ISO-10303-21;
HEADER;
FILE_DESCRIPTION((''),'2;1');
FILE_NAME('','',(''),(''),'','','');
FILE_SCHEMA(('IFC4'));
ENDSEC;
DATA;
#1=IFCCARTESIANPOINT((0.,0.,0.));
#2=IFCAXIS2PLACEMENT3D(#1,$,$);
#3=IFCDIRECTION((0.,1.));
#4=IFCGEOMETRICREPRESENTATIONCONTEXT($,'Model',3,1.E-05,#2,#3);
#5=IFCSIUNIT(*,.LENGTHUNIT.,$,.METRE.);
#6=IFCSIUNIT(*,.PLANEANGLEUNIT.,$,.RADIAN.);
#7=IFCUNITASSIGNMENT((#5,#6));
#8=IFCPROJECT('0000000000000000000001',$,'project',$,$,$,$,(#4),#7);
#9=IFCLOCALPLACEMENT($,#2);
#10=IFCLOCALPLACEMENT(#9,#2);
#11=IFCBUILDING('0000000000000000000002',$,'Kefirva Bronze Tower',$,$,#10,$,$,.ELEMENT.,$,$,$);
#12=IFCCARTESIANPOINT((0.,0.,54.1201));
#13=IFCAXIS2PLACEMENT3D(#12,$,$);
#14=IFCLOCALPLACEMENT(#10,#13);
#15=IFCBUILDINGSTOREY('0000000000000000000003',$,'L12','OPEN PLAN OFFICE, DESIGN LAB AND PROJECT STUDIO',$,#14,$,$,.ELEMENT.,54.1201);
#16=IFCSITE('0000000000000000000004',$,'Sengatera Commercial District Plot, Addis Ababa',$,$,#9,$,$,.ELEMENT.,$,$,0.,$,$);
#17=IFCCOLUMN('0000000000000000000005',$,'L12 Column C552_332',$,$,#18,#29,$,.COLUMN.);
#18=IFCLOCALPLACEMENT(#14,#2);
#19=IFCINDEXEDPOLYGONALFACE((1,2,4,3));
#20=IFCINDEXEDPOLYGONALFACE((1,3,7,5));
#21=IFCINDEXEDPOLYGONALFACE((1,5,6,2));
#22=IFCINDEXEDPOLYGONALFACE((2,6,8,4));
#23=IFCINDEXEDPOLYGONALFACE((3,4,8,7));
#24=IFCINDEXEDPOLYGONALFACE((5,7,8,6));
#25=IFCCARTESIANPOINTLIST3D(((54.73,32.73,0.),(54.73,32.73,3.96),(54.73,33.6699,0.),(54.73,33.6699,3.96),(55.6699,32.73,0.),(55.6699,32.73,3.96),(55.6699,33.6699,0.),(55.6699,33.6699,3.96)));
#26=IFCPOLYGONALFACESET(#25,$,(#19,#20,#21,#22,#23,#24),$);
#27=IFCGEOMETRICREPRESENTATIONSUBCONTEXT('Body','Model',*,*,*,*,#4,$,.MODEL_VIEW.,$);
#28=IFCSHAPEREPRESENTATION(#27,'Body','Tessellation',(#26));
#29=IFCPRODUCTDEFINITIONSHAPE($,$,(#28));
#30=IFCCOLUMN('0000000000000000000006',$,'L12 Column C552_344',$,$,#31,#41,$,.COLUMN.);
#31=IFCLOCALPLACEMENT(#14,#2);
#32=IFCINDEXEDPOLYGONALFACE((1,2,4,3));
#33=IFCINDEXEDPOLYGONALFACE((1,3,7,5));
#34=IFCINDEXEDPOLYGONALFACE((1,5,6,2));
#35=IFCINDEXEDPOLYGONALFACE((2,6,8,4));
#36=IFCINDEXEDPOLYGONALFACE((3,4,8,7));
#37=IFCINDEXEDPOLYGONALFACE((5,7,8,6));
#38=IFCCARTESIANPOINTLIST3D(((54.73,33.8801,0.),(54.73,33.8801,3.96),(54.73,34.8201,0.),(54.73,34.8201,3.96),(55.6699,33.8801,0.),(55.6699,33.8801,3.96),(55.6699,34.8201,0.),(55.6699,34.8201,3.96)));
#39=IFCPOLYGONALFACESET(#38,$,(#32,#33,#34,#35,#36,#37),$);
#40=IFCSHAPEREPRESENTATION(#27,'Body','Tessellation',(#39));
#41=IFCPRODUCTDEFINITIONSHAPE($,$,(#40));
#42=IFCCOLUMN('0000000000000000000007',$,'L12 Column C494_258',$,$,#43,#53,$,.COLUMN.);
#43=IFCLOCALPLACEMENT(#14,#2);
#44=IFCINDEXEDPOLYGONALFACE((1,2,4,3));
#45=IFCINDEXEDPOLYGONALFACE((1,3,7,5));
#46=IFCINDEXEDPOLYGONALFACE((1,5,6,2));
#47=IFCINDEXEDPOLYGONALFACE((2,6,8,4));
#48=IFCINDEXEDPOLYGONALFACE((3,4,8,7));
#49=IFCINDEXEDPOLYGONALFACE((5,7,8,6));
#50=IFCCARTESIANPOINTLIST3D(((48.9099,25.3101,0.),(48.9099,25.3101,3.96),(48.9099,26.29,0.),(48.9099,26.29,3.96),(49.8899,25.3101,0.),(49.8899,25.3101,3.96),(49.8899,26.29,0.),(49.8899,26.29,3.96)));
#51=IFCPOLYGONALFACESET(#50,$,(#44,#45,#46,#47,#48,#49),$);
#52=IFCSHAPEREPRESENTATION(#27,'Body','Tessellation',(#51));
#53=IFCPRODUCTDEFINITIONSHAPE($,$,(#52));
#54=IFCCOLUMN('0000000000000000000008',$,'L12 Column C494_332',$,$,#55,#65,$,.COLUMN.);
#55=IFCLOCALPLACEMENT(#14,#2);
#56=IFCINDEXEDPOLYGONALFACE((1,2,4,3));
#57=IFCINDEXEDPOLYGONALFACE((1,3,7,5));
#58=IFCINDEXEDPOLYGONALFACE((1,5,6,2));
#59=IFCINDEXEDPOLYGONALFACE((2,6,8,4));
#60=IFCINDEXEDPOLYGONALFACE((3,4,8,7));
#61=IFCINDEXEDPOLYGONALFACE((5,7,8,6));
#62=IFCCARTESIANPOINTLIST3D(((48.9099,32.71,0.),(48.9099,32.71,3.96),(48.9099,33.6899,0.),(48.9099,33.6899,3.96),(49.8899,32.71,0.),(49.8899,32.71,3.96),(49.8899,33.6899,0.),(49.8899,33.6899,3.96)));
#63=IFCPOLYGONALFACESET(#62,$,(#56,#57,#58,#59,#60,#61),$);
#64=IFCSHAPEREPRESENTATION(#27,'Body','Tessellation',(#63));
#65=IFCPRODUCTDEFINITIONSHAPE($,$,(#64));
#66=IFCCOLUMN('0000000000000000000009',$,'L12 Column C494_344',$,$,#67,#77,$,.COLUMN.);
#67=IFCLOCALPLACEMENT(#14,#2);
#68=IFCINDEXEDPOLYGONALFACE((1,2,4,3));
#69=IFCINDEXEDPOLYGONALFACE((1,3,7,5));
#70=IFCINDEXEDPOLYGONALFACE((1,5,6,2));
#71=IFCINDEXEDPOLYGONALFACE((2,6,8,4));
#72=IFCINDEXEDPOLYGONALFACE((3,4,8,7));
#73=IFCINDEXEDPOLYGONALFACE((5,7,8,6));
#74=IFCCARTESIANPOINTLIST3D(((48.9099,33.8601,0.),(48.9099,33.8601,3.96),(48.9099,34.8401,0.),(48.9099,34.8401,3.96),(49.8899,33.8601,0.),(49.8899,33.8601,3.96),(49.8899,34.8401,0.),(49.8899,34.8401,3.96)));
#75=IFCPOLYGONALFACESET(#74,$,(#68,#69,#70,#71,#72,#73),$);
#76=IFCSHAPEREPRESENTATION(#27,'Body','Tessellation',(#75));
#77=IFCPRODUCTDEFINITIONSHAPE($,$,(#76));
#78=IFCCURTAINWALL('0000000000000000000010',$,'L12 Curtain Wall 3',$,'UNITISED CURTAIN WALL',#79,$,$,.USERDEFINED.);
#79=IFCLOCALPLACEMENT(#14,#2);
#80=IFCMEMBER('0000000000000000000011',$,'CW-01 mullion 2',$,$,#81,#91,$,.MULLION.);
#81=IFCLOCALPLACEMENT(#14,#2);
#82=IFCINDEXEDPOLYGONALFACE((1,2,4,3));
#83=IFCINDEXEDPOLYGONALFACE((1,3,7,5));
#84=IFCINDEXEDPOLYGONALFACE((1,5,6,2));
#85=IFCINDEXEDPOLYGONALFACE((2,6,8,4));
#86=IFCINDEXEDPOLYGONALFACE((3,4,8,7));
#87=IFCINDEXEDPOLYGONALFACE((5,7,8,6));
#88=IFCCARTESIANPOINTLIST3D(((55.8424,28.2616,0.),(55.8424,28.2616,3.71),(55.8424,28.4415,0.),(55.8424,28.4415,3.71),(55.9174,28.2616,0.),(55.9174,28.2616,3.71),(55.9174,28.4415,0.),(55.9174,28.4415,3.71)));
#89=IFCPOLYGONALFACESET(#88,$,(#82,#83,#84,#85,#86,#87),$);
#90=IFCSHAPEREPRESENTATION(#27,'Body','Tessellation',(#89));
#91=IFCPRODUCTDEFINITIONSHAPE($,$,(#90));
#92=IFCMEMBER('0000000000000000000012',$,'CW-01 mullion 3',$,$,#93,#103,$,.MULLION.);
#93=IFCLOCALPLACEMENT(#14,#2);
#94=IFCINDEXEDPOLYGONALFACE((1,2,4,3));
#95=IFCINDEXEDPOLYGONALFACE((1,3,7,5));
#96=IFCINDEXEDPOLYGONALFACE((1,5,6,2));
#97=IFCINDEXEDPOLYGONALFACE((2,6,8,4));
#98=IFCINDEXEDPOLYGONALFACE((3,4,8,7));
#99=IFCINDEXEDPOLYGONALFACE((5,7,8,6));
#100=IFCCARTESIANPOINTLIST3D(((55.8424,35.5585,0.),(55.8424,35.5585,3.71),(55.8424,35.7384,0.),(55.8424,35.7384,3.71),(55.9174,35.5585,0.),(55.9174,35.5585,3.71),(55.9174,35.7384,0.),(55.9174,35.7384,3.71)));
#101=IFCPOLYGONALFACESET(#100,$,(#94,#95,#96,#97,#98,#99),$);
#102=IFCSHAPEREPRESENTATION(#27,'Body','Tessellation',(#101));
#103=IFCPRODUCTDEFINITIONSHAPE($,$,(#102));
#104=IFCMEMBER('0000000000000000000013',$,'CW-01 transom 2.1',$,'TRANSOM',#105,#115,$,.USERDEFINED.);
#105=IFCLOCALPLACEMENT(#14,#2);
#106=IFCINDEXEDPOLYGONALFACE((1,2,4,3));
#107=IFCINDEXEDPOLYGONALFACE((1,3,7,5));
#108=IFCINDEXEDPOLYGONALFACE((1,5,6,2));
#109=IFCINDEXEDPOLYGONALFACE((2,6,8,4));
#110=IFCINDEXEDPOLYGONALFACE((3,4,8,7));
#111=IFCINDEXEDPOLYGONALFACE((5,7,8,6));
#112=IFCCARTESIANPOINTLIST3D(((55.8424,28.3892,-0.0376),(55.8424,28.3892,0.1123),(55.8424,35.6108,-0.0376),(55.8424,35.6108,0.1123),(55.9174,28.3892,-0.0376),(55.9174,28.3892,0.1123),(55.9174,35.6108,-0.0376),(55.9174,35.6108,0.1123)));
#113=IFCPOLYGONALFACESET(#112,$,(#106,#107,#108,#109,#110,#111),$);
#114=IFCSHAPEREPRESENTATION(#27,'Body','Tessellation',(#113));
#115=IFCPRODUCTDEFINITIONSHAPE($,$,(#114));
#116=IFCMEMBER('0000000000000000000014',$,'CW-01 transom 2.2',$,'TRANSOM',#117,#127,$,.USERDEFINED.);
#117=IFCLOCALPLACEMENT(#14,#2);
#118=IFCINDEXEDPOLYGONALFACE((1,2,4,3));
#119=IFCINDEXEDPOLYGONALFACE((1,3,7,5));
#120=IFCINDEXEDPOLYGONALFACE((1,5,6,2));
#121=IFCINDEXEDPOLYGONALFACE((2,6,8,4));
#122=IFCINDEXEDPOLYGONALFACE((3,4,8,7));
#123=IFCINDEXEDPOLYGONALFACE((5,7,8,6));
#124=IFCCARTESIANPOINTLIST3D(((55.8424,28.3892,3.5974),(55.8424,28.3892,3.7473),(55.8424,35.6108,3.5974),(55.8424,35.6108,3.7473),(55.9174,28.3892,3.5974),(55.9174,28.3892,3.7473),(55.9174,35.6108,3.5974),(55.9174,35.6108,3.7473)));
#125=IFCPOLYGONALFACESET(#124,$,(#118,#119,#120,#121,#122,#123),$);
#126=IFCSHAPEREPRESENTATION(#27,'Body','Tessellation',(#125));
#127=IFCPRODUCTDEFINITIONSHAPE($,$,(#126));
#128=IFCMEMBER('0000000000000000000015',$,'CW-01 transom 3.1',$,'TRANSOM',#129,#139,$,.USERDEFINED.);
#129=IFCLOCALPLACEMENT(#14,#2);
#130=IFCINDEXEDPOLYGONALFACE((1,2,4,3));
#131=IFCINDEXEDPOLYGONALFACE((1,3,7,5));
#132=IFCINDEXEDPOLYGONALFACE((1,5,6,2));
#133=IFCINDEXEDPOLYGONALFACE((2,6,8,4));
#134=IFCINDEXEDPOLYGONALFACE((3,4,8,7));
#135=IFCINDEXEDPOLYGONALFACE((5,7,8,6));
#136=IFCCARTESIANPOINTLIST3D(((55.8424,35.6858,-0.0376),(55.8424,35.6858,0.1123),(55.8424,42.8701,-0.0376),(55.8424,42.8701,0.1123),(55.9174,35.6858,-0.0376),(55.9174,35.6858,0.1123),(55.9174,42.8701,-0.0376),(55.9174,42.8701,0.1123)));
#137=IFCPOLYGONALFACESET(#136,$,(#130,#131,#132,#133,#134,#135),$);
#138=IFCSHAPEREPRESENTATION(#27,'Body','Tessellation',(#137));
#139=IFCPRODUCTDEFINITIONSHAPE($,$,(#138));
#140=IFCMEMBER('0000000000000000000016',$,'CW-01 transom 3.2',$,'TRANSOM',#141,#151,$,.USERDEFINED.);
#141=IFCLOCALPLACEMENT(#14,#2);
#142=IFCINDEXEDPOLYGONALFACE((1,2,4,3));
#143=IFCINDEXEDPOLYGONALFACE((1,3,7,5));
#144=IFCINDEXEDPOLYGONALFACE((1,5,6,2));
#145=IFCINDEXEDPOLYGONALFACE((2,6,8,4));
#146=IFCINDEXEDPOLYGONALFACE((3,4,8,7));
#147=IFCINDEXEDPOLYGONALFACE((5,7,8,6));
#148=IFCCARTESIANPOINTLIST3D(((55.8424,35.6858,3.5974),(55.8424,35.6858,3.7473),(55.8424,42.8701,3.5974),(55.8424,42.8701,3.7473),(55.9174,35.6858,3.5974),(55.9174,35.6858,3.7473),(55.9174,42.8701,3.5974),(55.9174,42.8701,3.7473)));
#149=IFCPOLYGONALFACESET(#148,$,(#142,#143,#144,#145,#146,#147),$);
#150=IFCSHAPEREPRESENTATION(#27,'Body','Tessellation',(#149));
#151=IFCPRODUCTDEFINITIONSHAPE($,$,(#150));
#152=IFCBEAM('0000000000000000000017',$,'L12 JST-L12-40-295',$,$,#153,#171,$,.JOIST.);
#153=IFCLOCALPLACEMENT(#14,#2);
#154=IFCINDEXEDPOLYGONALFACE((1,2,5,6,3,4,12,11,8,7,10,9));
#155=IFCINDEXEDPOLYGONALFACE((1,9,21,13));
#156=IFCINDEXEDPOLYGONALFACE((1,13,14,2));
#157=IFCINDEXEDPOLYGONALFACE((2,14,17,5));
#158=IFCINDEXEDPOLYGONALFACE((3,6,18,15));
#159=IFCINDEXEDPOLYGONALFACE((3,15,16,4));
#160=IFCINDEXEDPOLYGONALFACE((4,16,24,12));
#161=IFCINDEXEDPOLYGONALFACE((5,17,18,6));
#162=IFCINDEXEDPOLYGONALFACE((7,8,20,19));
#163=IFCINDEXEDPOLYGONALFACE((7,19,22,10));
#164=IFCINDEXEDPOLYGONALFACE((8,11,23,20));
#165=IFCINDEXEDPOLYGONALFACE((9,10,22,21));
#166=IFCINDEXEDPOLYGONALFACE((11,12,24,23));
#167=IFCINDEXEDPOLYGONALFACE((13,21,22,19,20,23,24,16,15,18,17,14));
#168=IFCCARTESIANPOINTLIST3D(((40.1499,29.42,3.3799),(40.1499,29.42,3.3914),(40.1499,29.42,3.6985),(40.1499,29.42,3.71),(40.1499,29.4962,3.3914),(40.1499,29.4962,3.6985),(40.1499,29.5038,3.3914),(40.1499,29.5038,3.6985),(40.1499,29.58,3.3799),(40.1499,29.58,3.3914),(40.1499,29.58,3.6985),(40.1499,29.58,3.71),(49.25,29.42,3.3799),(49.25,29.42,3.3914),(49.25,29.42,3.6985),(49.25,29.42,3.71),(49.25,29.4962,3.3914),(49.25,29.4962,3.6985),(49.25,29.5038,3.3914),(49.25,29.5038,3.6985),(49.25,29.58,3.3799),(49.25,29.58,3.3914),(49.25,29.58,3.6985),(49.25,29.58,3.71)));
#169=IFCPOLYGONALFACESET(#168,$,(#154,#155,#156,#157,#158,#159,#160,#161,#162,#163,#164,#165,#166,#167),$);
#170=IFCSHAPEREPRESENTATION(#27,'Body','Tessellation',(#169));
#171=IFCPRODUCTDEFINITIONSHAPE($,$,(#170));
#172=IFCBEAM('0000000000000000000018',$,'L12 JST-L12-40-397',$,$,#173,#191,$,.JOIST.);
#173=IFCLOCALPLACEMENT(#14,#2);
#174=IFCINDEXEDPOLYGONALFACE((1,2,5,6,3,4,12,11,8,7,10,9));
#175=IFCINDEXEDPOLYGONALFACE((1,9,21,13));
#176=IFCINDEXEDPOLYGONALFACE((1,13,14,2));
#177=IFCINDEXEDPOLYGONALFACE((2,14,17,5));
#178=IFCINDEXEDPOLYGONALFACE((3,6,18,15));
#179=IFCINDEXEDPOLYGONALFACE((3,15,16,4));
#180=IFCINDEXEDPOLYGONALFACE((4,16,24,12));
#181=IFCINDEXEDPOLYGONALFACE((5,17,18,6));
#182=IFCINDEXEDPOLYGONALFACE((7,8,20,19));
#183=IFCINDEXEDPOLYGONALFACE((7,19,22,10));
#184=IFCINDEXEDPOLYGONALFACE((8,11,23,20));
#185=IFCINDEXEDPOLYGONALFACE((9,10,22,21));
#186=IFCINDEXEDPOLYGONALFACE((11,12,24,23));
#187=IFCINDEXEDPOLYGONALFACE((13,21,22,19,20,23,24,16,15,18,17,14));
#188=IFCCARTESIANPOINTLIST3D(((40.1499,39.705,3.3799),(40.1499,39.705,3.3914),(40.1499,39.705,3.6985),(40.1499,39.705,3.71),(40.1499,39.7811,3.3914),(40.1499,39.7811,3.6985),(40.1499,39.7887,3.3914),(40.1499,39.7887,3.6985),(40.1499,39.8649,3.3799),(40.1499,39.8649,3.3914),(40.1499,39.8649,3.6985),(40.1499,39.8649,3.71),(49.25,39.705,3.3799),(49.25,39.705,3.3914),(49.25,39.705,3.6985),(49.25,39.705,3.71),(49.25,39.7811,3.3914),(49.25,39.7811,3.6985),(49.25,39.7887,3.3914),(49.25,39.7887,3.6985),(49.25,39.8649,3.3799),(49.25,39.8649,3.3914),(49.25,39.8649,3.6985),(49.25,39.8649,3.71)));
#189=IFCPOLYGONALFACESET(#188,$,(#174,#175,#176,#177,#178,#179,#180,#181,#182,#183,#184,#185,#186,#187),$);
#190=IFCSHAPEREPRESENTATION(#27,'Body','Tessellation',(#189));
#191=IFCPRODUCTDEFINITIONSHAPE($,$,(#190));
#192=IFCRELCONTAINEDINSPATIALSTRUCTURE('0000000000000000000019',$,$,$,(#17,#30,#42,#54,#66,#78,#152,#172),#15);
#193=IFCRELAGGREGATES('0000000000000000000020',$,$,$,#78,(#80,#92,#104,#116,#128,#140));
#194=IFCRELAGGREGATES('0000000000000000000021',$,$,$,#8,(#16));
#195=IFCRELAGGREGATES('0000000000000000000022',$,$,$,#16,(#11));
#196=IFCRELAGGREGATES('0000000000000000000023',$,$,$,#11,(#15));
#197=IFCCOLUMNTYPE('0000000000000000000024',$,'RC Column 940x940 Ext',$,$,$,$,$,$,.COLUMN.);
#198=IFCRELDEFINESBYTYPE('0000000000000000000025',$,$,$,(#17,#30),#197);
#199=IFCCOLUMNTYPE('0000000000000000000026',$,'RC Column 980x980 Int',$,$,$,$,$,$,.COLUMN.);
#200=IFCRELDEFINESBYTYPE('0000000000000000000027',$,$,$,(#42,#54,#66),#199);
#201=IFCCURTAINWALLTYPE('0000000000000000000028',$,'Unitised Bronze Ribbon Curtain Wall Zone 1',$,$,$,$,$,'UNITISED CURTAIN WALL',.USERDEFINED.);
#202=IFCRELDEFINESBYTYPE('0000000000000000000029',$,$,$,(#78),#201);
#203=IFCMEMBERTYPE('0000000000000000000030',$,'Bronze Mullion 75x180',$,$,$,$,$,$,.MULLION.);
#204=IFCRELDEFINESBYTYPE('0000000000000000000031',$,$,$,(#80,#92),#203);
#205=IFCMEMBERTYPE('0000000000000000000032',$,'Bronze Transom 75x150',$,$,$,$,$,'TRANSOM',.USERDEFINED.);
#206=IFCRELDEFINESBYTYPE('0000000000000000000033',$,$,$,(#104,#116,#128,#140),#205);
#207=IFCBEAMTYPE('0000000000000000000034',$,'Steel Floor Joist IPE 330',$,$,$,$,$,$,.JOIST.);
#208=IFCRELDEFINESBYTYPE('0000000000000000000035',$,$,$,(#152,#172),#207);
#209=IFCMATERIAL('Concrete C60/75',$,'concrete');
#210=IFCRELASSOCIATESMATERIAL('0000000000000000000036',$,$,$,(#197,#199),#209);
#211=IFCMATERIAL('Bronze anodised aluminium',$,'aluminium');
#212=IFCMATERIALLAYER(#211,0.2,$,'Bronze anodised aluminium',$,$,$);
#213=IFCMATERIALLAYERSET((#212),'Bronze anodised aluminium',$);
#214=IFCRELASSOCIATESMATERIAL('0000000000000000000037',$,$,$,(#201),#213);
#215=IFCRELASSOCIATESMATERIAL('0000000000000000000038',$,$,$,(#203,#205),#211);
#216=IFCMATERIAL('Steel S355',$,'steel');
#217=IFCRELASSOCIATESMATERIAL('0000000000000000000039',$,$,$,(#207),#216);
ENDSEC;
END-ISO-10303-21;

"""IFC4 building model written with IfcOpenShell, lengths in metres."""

from ifc_helpers import new_model, si_unit, direction, frame, origin, origin_2d, place, context, subcontext, project, spatial, rectangle, i_section, extrude, material, layer, layer_set, material_profile, profile_set, type_object, element, aggregate, save


model = new_model("IFC4")

# Units and contexts
model_context = context("Model", 3, precision=1e-05, world=origin(), true_north=direction((0.0, 1.0)))
body_context = subcontext(model_context, "Body", "Model", "MODEL_VIEW")
ifc_project = project(units=[si_unit("LENGTHUNIT", "METRE"), si_unit("PLANEANGLEUNIT", "RADIAN")], contexts=[model_context])

# Site, building, storey
site_placement = place(None, origin())
site = spatial("IfcSite", under=ifc_project, at=site_placement, Name="Sengatera Commercial District Plot, Addis Ababa", CompositionType="ELEMENT", RefElevation=0.0)
building_placement = place(site_placement, origin())
building = spatial("IfcBuilding", under=site, at=building_placement, Name="Kefirva Bronze Tower", CompositionType="ELEMENT")
storey_placement = place(building_placement, frame((0.0, 0.0, 54.1201)))
storey = spatial("IfcBuildingStorey", under=building, at=storey_placement, Name="L12", Description="OPEN PLAN OFFICE, DESIGN LAB AND PROJECT STUDIO", CompositionType="ELEMENT", Elevation=54.1201)

# Columns
ifc_material_1 = material(Name="Concrete C60/75", Category="concrete")
ifc_material_profile_1 = material_profile(ifc_material_1, rectangle(XDim=0.9399, YDim=0.9399, at=origin_2d()), Name="RC 940x940")
ifc_profile_set_1 = profile_set([ifc_material_profile_1], Name="Concrete C60/75")
column_type_1 = type_object("IfcColumnType", Name="RC Column 940x940 Ext", PredefinedType="COLUMN", material=ifc_profile_set_1)
for number, where, z_axis, x_axis, name in (
    (1, (55.2, 33.2, 0.0), (0.0, 0.0, 1.0), (1.0, 0.0, 0.0), "L12 Column C552_332"),
    (2, (55.2, 34.3501, 0.0), (0.0, 0.0, 1.0), (1.0, 0.0, 0.0), "L12 Column C552_344"),
):
    element("IfcColumn", number, at=place(storey_placement, frame(where, z_axis=z_axis, x_axis=x_axis)), inside=storey, type_object=column_type_1, Name=name, PredefinedType="COLUMN", context=body_context, shape_type="SweptSolid", body=[
        extrude(rectangle(XDim=0.9399, YDim=0.9399, at=origin_2d()), origin(), (0.0, 0.0, 1.0), 3.96),
    ])
ifc_material_profile_2 = material_profile(ifc_material_1, rectangle(XDim=0.98, YDim=0.98, at=origin_2d()), Name="RC 980x980")
ifc_profile_set_2 = profile_set([ifc_material_profile_2], Name="Concrete C60/75")
column_type_2 = type_object("IfcColumnType", Name="RC Column 980x980 Int", PredefinedType="COLUMN", material=ifc_profile_set_2)
for number, where, z_axis, x_axis, name in (
    (3, (49.3999, 25.8, 0.0), (0.0, 0.0, 1.0), (1.0, 0.0, 0.0), "L12 Column C494_258"),
    (4, (49.3999, 33.2, 0.0), (0.0, 0.0, 1.0), (1.0, 0.0, 0.0), "L12 Column C494_332"),
    (5, (49.3999, 34.3501, 0.0), (0.0, 0.0, 1.0), (1.0, 0.0, 0.0), "L12 Column C494_344"),
):
    element("IfcColumn", number, at=place(storey_placement, frame(where, z_axis=z_axis, x_axis=x_axis)), inside=storey, type_object=column_type_2, Name=name, PredefinedType="COLUMN", context=body_context, shape_type="SweptSolid", body=[
        extrude(rectangle(XDim=0.98, YDim=0.98, at=origin_2d()), origin(), (0.0, 0.0, 1.0), 3.96),
    ])

# Curtain wall, members
ifc_material_2 = material(Name="Bronze anodised aluminium", Category="aluminium")
ifc_layer_1 = layer(ifc_material_2, 0.2, Name="Bronze anodised aluminium")
ifc_layer_set_1 = layer_set([ifc_layer_1], Name="Bronze anodised aluminium")
curtain_wall_type = type_object("IfcCurtainWallType", Name="Unitised Bronze Ribbon Curtain Wall Zone 1", ElementType="UNITISED CURTAIN WALL", PredefinedType="USERDEFINED", material=ifc_layer_set_1)
curtain_wall_placement = place(storey_placement, origin())
curtain_wall = element("IfcCurtainWall", 6, at=curtain_wall_placement, inside=storey, type_object=curtain_wall_type, Name="L12 Curtain Wall 3", ObjectType="UNITISED CURTAIN WALL", PredefinedType="USERDEFINED")
ifc_material_profile_3 = material_profile(ifc_material_2, rectangle(XDim=0.075, YDim=0.1799, at=origin_2d()), Name="ALU 75x180")
ifc_profile_set_3 = profile_set([ifc_material_profile_3], Name="Bronze anodised aluminium")
member_type_1 = type_object("IfcMemberType", Name="Bronze Mullion 75x180", PredefinedType="MULLION", material=ifc_profile_set_3)
member_1_placement = place(storey_placement, frame((55.8799, 28.3516, 0.0), z_axis=(0.0, 0.0, 1.0), x_axis=(-1.0, 0.0, 0.0)))
member_1 = element("IfcMember", 7, at=member_1_placement, type_object=member_type_1, Name="CW-01 mullion 2", PredefinedType="MULLION", context=body_context, shape_type="SweptSolid", body=[
    extrude(rectangle(XDim=0.075, YDim=0.1799, at=origin_2d()), origin(), (0.0, 0.0, 1.0), 3.71),
])
member_2_placement = place(storey_placement, frame((55.8799, 35.6484, 0.0), z_axis=(0.0, 0.0, 1.0), x_axis=(-1.0, 0.0, 0.0)))
member_2 = element("IfcMember", 8, at=member_2_placement, type_object=member_type_1, Name="CW-01 mullion 3", PredefinedType="MULLION", context=body_context, shape_type="SweptSolid", body=[
    extrude(rectangle(XDim=0.075, YDim=0.1799, at=origin_2d()), origin(), (0.0, 0.0, 1.0), 3.71),
])
ifc_material_profile_4 = material_profile(ifc_material_2, rectangle(XDim=0.075, YDim=0.1499, at=origin_2d()), Name="ALU 75x150")
ifc_profile_set_4 = profile_set([ifc_material_profile_4], Name="Bronze anodised aluminium")
member_type_2 = type_object("IfcMemberType", Name="Bronze Transom 75x150", ElementType="TRANSOM", PredefinedType="USERDEFINED", material=ifc_profile_set_4)
member_3_placement = place(storey_placement, frame((55.8799, 28.3892, 0.0374), z_axis=(0.0, 1.0, 0.0), x_axis=(-1.0, 0.0, 0.0)))
member_3 = element("IfcMember", 9, at=member_3_placement, type_object=member_type_2, Name="CW-01 transom 2.1", ObjectType="TRANSOM", PredefinedType="USERDEFINED", context=body_context, shape_type="SweptSolid", body=[
    extrude(rectangle(XDim=0.075, YDim=0.1499, at=origin_2d()), origin(), (0.0, 0.0, 1.0), 7.2217),
])
member_4_placement = place(storey_placement, frame((55.8799, 28.3892, 3.6724), z_axis=(0.0, 1.0, 0.0), x_axis=(-1.0, 0.0, 0.0)))
member_4 = element("IfcMember", 10, at=member_4_placement, type_object=member_type_2, Name="CW-01 transom 2.2", ObjectType="TRANSOM", PredefinedType="USERDEFINED", context=body_context, shape_type="SweptSolid", body=[
    extrude(rectangle(XDim=0.075, YDim=0.1499, at=origin_2d()), origin(), (0.0, 0.0, 1.0), 7.2217),
])
member_5_placement = place(storey_placement, frame((55.8799, 35.6858, 0.0374), z_axis=(0.0, 1.0, 0.0), x_axis=(-1.0, 0.0, 0.0)))
member_5 = element("IfcMember", 11, at=member_5_placement, type_object=member_type_2, Name="CW-01 transom 3.1", ObjectType="TRANSOM", PredefinedType="USERDEFINED", context=body_context, shape_type="SweptSolid", body=[
    extrude(rectangle(XDim=0.075, YDim=0.1499, at=origin_2d()), origin(), (0.0, 0.0, 1.0), 7.1843),
])
member_6_placement = place(storey_placement, frame((55.8799, 35.6858, 3.6724), z_axis=(0.0, 1.0, 0.0), x_axis=(-1.0, 0.0, 0.0)))
member_6 = element("IfcMember", 12, at=member_6_placement, type_object=member_type_2, Name="CW-01 transom 3.2", ObjectType="TRANSOM", PredefinedType="USERDEFINED", context=body_context, shape_type="SweptSolid", body=[
    extrude(rectangle(XDim=0.075, YDim=0.1499, at=origin_2d()), origin(), (0.0, 0.0, 1.0), 7.1843),
])

# Beams
ifc_material_3 = material(Name="Steel S355", Category="steel")
ifc_material_profile_5 = material_profile(ifc_material_3, i_section(OverallWidth=0.1599, OverallDepth=0.3301, WebThickness=0.0076, FlangeThickness=0.0115, at=origin_2d()), Name="IPE 330")
ifc_profile_set_5 = profile_set([ifc_material_profile_5], Name="Steel S355")
beam_type_1 = type_object("IfcBeamType", Name="Steel Floor Joist IPE 330", PredefinedType="JOIST", material=ifc_profile_set_5)
for number, where, z_axis, x_axis, name in (
    (13, (40.1499, 29.5, 3.5449), (1.0, 0.0, 0.0), (0.0, 1.0, 0.0), "L12 JST-L12-40-295"),
    (14, (40.1499, 39.7849, 3.5449), (1.0, 0.0, 0.0), (0.0, 1.0, 0.0), "L12 JST-L12-40-397"),
):
    element("IfcBeam", number, at=place(storey_placement, frame(where, z_axis=z_axis, x_axis=x_axis)), inside=storey, type_object=beam_type_1, Name=name, PredefinedType="JOIST", context=body_context, shape_type="SweptSolid", body=[
        extrude(i_section(OverallWidth=0.1599, OverallDepth=0.3301, WebThickness=0.0076, FlangeThickness=0.0115, at=origin_2d()), origin(), (0.0, 0.0, 1.0), 9.1001),
    ])

aggregate(curtain_wall, [member_1, member_2, member_3, member_4, member_5, member_6])

save(model, "model.ifc")
